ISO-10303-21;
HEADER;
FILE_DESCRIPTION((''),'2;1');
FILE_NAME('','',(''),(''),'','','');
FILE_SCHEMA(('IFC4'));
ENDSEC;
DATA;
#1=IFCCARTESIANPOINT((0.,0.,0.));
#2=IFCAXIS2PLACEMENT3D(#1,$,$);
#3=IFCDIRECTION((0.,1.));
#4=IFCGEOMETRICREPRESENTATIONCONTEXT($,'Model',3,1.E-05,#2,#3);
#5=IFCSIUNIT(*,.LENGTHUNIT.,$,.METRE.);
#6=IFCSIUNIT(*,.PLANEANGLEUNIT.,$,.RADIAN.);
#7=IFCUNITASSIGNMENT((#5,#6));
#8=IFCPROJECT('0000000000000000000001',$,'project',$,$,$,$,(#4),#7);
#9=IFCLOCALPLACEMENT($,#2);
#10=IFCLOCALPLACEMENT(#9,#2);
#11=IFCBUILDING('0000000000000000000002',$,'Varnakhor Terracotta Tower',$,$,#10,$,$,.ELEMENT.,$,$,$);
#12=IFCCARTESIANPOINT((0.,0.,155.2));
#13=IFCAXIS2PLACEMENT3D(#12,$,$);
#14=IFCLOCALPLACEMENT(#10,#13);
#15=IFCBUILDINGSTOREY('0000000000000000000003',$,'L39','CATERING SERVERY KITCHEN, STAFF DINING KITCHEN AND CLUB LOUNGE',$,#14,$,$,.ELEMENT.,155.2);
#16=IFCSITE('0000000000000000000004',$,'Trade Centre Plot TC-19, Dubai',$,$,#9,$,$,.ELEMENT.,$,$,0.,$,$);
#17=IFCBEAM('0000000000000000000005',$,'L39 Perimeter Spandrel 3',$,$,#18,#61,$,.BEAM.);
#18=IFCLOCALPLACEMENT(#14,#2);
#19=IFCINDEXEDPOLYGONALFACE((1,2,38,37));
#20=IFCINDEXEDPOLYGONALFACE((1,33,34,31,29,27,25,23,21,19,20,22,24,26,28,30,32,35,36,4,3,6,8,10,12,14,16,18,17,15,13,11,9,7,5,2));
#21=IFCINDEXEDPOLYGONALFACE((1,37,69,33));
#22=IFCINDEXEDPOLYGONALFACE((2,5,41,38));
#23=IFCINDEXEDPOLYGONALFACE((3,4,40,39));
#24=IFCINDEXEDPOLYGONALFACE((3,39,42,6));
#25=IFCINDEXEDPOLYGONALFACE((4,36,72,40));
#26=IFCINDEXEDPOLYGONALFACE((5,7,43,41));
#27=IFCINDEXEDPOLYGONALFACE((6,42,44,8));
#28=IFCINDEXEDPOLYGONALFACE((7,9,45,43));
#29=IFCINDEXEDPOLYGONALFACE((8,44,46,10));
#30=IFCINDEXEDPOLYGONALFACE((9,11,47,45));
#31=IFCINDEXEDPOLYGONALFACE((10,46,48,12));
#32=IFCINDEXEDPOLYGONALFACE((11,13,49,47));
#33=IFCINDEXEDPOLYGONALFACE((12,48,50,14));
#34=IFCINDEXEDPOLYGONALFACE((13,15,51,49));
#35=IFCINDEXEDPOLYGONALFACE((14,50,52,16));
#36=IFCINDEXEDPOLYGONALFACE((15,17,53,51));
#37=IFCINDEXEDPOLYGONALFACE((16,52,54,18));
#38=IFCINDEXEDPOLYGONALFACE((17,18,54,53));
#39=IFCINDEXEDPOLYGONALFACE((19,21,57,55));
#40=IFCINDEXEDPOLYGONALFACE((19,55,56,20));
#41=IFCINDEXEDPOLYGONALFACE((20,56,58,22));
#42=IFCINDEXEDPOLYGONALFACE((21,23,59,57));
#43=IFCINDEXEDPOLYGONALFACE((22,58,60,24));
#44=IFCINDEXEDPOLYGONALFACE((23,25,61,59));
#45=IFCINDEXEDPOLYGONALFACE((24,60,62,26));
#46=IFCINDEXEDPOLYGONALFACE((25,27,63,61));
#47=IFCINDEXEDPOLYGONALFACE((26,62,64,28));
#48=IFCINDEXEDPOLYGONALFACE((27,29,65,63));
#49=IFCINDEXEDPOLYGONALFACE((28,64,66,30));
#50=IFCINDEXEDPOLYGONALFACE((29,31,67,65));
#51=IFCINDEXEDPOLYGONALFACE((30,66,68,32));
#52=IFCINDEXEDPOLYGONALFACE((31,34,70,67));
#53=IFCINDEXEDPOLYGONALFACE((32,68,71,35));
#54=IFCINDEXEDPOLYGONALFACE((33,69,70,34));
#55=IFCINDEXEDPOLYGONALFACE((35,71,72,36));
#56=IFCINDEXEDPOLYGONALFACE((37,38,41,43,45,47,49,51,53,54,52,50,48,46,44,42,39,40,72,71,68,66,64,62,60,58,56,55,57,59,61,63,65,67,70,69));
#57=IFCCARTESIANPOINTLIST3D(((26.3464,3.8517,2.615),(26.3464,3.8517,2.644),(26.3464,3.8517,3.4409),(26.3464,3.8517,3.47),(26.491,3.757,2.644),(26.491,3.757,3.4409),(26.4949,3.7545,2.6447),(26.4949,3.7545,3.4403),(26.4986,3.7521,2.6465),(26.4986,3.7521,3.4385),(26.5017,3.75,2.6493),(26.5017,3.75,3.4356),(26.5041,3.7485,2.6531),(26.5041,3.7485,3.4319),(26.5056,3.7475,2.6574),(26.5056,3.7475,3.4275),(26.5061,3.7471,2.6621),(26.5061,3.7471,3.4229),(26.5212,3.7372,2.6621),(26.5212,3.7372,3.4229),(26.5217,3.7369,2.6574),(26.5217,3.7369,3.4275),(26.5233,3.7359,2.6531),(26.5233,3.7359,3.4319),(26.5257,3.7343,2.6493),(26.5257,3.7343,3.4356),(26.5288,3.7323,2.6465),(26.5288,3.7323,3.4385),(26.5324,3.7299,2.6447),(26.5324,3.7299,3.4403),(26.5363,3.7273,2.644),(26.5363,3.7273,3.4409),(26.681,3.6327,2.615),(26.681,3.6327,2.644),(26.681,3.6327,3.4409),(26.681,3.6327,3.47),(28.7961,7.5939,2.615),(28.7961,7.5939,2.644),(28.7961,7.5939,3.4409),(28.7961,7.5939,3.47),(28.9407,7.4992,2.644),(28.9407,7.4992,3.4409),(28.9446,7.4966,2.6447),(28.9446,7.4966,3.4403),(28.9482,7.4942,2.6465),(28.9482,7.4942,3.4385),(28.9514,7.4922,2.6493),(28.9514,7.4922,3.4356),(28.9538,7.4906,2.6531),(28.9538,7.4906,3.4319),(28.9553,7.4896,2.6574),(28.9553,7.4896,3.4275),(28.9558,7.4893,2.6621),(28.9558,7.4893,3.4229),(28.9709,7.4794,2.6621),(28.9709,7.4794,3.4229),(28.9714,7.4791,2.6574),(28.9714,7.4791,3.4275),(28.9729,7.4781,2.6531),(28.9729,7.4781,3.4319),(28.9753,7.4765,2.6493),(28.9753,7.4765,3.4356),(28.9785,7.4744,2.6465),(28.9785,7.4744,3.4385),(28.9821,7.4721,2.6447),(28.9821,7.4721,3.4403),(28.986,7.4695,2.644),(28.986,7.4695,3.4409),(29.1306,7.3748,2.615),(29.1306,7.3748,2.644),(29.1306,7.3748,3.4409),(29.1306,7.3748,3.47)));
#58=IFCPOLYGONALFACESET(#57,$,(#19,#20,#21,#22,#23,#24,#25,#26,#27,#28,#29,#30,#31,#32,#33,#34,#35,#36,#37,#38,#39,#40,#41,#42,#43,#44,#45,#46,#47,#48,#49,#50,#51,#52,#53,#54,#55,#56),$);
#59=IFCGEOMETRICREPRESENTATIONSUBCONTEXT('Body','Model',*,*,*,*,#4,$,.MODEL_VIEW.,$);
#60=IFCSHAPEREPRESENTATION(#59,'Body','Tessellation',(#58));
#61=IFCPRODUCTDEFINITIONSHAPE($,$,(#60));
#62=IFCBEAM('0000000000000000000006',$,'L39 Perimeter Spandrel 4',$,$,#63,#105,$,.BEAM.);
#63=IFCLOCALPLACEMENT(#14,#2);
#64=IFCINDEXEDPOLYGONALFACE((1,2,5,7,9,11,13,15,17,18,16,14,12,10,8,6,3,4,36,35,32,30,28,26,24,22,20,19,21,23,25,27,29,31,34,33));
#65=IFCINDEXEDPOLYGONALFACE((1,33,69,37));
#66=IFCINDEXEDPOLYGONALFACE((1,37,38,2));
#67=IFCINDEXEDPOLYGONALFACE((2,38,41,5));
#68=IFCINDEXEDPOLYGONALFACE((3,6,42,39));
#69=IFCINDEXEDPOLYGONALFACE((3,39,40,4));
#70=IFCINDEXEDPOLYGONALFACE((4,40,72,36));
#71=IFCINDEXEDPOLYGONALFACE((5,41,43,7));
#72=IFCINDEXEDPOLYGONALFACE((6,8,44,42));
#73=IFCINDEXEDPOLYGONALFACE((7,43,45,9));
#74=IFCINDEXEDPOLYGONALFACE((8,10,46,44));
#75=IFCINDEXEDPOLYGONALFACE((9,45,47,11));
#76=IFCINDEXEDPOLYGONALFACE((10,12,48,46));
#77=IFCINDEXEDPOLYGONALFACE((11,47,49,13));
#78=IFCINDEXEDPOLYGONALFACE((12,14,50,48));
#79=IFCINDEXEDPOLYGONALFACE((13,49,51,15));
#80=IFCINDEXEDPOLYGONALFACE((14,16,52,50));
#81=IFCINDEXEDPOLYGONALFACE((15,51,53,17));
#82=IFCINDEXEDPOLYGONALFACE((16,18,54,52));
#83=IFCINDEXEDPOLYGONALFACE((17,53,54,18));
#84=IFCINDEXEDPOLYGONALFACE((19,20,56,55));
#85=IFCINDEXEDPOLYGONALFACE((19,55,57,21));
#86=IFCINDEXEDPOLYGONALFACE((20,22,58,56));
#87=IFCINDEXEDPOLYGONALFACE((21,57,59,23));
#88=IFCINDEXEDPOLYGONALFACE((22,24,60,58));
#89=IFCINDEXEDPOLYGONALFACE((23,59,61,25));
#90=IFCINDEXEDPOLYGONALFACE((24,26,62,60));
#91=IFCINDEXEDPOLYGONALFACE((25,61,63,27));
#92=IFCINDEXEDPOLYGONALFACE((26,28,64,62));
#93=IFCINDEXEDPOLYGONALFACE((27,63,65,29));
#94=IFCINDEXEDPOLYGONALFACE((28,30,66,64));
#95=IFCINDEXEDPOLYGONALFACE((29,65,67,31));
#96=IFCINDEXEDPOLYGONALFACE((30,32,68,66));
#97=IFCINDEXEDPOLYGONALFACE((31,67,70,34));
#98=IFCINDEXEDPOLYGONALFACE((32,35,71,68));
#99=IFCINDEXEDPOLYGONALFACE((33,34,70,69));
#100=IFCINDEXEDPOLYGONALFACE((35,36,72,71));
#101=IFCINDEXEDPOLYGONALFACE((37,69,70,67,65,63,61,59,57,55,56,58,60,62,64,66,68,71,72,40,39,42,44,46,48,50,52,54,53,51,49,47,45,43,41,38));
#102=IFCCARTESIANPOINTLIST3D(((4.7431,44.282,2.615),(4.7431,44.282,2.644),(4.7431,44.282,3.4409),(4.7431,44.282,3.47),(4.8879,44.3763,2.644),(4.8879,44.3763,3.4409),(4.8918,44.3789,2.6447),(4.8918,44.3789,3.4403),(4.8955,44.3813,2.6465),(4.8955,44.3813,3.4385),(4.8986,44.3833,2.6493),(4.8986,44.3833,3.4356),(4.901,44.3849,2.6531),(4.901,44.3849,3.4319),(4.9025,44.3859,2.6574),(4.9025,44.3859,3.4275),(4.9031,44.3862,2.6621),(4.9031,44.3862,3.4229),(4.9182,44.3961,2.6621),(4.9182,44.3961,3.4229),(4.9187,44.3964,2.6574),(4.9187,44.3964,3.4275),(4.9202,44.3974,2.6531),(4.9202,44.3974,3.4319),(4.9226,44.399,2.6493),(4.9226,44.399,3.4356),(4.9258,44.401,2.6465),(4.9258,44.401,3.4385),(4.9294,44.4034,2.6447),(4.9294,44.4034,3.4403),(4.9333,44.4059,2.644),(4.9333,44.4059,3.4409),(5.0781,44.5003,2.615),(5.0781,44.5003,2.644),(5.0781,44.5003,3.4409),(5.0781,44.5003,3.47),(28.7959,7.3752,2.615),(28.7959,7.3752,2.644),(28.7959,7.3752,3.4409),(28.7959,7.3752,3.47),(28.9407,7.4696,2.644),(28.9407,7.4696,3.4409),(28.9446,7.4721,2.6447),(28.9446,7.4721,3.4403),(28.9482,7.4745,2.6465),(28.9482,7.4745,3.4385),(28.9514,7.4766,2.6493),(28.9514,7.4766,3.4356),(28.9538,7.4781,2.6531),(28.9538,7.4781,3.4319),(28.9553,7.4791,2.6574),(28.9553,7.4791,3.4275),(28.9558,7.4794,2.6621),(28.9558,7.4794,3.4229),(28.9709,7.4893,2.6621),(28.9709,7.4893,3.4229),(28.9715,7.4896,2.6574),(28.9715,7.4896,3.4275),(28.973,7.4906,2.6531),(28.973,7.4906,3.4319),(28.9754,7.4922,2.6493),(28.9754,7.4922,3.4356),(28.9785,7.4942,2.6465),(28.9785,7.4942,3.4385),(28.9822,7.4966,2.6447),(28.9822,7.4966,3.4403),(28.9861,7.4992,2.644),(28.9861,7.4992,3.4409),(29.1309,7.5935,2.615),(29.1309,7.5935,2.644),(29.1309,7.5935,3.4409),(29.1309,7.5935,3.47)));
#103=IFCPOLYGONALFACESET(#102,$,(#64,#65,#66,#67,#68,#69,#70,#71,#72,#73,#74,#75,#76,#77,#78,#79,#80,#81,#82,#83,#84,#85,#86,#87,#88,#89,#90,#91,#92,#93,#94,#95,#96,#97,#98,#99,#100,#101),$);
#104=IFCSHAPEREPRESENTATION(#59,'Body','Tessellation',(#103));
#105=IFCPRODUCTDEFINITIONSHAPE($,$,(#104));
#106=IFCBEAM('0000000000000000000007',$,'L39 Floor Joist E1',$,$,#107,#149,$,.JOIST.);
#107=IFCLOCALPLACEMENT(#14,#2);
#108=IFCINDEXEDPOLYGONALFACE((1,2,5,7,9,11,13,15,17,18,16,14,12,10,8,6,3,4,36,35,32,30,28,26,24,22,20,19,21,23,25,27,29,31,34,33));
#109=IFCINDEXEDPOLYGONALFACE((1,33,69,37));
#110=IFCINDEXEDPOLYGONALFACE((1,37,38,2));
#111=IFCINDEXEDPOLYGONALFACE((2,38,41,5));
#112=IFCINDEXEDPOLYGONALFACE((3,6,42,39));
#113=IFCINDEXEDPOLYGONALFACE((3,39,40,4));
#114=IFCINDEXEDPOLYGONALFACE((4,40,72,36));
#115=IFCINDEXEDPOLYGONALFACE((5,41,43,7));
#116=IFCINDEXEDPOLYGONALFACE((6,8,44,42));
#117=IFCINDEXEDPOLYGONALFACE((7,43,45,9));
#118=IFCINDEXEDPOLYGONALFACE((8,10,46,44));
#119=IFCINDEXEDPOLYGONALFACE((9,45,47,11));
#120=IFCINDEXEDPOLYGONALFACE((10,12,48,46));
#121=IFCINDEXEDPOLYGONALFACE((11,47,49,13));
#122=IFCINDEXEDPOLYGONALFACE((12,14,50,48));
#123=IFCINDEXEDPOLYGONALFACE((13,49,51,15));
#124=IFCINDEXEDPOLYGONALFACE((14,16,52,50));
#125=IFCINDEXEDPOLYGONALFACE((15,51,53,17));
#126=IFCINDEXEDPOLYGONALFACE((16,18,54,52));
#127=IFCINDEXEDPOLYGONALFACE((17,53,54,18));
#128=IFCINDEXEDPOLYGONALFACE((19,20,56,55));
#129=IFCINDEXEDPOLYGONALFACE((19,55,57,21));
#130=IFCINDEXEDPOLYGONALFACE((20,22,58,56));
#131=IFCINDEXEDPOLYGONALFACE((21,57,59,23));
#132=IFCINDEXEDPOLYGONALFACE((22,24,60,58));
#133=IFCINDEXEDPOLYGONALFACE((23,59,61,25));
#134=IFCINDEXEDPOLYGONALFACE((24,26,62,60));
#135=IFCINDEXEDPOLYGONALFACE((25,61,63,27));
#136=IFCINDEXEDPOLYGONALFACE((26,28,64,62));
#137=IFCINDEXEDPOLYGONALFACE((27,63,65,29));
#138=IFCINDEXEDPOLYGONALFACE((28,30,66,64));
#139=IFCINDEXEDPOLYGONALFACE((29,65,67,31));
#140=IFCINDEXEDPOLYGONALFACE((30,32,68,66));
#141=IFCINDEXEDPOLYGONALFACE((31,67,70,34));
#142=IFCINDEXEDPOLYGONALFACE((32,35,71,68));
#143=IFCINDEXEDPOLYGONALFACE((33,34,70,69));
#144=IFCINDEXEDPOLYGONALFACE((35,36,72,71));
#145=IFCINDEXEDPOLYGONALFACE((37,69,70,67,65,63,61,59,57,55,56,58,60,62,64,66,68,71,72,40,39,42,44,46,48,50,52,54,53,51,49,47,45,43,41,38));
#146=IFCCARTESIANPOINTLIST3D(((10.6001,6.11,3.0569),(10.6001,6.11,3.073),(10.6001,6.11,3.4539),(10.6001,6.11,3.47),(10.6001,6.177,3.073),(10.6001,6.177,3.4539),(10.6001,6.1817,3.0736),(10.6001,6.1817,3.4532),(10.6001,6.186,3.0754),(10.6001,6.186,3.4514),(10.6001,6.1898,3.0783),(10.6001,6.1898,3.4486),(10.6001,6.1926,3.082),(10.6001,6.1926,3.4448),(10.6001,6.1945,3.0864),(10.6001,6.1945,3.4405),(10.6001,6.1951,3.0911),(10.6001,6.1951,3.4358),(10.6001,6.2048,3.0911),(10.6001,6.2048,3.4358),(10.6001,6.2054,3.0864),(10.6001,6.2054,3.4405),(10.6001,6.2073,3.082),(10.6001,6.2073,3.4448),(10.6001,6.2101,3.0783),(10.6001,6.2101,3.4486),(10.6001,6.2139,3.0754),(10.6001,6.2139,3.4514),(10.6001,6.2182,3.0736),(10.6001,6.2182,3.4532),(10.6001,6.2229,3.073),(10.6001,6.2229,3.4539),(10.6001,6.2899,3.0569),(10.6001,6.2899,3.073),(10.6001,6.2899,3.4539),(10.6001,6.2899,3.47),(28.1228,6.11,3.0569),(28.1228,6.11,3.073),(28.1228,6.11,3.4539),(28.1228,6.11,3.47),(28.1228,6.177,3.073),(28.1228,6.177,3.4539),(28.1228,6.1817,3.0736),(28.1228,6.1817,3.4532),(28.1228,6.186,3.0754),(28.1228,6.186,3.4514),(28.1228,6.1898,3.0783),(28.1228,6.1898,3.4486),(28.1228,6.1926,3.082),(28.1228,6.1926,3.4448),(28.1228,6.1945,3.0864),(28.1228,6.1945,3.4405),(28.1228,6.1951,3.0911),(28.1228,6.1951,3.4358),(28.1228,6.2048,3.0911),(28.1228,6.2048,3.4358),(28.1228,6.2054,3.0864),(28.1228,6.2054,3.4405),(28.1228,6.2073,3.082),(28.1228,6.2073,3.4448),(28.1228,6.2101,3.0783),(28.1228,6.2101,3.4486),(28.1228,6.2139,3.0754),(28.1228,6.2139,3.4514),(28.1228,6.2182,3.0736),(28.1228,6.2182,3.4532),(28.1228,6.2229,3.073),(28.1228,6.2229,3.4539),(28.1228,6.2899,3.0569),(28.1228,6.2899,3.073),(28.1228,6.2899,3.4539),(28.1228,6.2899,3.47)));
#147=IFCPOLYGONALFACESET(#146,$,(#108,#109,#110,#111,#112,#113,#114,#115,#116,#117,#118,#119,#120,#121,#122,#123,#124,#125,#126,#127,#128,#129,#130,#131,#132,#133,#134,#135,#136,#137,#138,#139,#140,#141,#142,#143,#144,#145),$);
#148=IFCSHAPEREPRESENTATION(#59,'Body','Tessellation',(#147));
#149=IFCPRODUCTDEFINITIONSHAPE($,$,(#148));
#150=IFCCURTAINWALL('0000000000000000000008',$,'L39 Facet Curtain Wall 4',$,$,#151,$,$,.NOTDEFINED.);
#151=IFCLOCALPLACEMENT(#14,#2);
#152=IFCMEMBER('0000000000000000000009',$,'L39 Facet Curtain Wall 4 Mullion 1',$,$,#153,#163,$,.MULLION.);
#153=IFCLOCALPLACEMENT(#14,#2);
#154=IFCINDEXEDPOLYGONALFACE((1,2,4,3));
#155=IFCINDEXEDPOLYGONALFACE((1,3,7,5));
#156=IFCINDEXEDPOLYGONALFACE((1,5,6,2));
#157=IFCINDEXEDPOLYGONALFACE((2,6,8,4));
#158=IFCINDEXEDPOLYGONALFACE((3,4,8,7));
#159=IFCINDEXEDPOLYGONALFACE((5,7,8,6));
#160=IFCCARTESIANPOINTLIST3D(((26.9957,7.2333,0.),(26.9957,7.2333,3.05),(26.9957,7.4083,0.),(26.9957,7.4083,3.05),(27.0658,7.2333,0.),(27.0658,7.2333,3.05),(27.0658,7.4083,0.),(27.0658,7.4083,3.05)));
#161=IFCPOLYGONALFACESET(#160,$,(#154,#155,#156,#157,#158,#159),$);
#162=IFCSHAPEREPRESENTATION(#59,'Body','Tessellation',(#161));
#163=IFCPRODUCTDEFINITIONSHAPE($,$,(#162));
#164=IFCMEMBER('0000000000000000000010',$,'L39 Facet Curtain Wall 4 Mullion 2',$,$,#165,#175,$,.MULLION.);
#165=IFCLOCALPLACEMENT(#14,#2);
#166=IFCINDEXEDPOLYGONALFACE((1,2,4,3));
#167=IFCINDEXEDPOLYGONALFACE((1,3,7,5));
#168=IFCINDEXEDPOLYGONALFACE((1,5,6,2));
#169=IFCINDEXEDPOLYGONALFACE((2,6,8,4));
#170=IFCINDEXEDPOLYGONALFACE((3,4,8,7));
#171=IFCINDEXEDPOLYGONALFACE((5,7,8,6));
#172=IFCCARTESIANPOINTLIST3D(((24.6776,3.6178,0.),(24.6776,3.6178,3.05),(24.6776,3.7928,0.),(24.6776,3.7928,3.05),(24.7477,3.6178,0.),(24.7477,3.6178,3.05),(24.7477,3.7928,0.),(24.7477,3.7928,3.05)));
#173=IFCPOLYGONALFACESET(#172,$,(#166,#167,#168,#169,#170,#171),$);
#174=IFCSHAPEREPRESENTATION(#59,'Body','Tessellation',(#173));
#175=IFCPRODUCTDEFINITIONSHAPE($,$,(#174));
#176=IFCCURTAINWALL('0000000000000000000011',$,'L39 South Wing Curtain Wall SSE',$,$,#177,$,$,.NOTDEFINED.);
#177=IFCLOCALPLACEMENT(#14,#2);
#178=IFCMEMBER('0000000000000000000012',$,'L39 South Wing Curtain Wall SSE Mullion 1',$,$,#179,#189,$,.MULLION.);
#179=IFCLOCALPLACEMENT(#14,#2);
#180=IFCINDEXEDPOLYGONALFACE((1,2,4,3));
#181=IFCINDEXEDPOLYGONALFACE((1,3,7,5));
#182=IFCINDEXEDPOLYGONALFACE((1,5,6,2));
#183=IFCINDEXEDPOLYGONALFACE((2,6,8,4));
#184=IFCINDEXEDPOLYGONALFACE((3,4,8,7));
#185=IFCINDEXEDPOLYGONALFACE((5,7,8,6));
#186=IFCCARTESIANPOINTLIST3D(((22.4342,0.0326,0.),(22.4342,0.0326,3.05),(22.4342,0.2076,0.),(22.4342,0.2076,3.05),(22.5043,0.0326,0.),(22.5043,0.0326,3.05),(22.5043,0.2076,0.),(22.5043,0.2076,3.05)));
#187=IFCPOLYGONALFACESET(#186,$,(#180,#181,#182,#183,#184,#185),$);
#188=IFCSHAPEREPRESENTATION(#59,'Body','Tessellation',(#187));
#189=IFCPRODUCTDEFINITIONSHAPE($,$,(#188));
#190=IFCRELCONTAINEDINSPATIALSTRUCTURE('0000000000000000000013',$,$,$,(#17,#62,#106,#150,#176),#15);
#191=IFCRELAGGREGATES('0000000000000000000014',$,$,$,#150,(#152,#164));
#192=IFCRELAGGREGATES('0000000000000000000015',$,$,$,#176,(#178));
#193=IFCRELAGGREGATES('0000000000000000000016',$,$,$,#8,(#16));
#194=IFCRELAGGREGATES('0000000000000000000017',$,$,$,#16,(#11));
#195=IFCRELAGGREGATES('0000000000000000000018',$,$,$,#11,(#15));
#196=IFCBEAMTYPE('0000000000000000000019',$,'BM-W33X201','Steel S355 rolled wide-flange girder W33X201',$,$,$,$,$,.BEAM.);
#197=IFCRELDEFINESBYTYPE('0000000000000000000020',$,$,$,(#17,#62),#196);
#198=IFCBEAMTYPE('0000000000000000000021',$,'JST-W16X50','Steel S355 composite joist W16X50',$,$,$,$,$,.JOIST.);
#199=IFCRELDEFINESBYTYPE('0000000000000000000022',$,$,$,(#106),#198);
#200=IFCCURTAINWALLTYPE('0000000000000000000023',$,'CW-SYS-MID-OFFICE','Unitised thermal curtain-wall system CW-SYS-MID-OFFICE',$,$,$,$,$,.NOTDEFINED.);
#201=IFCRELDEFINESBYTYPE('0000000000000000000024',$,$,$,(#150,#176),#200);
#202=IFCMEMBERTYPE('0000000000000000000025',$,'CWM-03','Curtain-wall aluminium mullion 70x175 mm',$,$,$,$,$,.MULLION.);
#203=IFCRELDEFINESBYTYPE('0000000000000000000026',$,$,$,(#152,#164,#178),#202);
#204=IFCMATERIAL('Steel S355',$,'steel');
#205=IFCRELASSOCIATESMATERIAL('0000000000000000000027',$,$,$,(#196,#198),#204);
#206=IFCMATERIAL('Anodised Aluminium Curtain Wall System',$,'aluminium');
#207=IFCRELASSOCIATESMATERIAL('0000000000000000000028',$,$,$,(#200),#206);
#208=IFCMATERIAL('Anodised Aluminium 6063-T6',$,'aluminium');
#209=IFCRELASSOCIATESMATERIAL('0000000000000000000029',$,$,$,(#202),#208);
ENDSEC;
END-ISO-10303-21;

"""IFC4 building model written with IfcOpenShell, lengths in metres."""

from ifc_helpers import new_model, si_unit, direction, frame, origin, origin_2d, place, context, subcontext, project, spatial, rectangle, i_section, extrude, source, transform, mapped, material, material_profile, profile_set, type_object, element, aggregate, save


model = new_model("IFC4")

# Units and contexts
model_context = context("Model", 3, precision=1e-05, world=origin(), true_north=direction((0.0, 1.0)))
body_context = subcontext(model_context, "Body", "Model", "MODEL_VIEW")
ifc_project = project(units=[si_unit("LENGTHUNIT", "METRE"), si_unit("PLANEANGLEUNIT", "RADIAN")], contexts=[model_context])

# Site, building, storey
site_placement = place(None, origin())
site = spatial("IfcSite", under=ifc_project, at=site_placement, Name="Trade Centre Plot TC-19, Dubai", CompositionType="ELEMENT", RefElevation=0.0)
building_placement = place(site_placement, origin())
building = spatial("IfcBuilding", under=site, at=building_placement, Name="Varnakhor Terracotta Tower", CompositionType="ELEMENT")
storey_placement = place(building_placement, frame((0.0, 0.0, 155.2)))
storey = spatial("IfcBuildingStorey", under=building, at=storey_placement, Name="L39", Description="CATERING SERVERY KITCHEN, STAFF DINING KITCHEN AND CLUB LOUNGE", CompositionType="ELEMENT", Elevation=155.2)

# Beams
ifc_material_1 = material(Name="Steel S355", Category="steel")
ifc_material_profile_1 = material_profile(ifc_material_1, i_section(OverallWidth=0.3999, OverallDepth=0.855, WebThickness=0.0181, FlangeThickness=0.0291, FilletRadius=0.0181, at=origin_2d()), Name="W33X201")
ifc_profile_set_1 = profile_set([ifc_material_profile_1], Name="Steel S355")
beam_type_1 = type_object("IfcBeamType", Name="BM-W33X201", Description="Steel S355 rolled wide-flange girder W33X201", PredefinedType="BEAM", material=ifc_profile_set_1)
shared_shape_1 = source(origin(), body_context, "Body", "SweptSolid", [
    extrude(i_section(OverallWidth=0.3999, OverallDepth=0.855, WebThickness=0.0181, FlangeThickness=0.0291, FilletRadius=0.0181, at=origin_2d()), origin(), (0.0, 0.0, 1.0), 4.4727),
])
beam_1_placement = place(storey_placement, frame((26.5137, 3.7422, 3.0425), z_axis=(0.547702, 0.836673, 0.0), x_axis=(-0.836673, 0.547702, 0.0)))
element("IfcBeam", 1, at=beam_1_placement, inside=storey, type_object=beam_type_1, Name="L39 Perimeter Spandrel 3", PredefinedType="BEAM", context=body_context, shape_type="MappedRepresentation", body=[
    mapped(shared_shape_1, transform((0.0, 0.0, 0.0), scale=1.0)),
])
shared_shape_2 = source(origin(), body_context, "Body", "SweptSolid", [
    extrude(i_section(OverallWidth=0.3999, OverallDepth=0.855, WebThickness=0.0181, FlangeThickness=0.0291, FilletRadius=0.0181, at=origin_2d()), origin(), (0.0, 0.0, 1.0), 44.0527),
])
beam_2_placement = place(storey_placement, frame((28.9634, 7.4844, 3.0425), z_axis=(-0.545999, 0.837786, 0.0), x_axis=(-0.837786, -0.545999, 0.0)))
element("IfcBeam", 2, at=beam_2_placement, inside=storey, type_object=beam_type_1, Name="L39 Perimeter Spandrel 4", PredefinedType="BEAM", context=body_context, shape_type="MappedRepresentation", body=[
    mapped(shared_shape_2, transform((0.0, 0.0, 0.0), scale=1.0)),
])
ifc_material_profile_2 = material_profile(ifc_material_1, i_section(OverallWidth=0.1799, OverallDepth=0.4131, WebThickness=0.0098, FlangeThickness=0.0161, FilletRadius=0.0181, at=origin_2d()), Name="W16X50")
ifc_profile_set_2 = profile_set([ifc_material_profile_2], Name="Steel S355")
beam_type_2 = type_object("IfcBeamType", Name="JST-W16X50", Description="Steel S355 composite joist W16X50", PredefinedType="JOIST", material=ifc_profile_set_2)
shared_shape_3 = source(origin(), body_context, "Body", "SweptSolid", [
    extrude(i_section(OverallWidth=0.1799, OverallDepth=0.4131, WebThickness=0.0098, FlangeThickness=0.0161, FilletRadius=0.0181, at=origin_2d()), origin(), (0.0, 0.0, 1.0), 17.5227),
])
beam_3_placement = place(storey_placement, frame((10.6001, 6.2, 3.2634), z_axis=(1.0, 0.0, 0.0), x_axis=(0.0, 1.0, 0.0)))
element("IfcBeam", 3, at=beam_3_placement, inside=storey, type_object=beam_type_2, Name="L39 Floor Joist E1", PredefinedType="JOIST", context=body_context, shape_type="MappedRepresentation", body=[
    mapped(shared_shape_3, transform((0.0, 0.0, 0.0), scale=1.0)),
])

# Curtain walls, members
ifc_material_2 = material(Name="Anodised Aluminium Curtain Wall System", Category="aluminium")
curtain_wall_type = type_object("IfcCurtainWallType", Name="CW-SYS-MID-OFFICE", Description="Unitised thermal curtain-wall system CW-SYS-MID-OFFICE", PredefinedType="NOTDEFINED", material=ifc_material_2)
curtain_wall_1_placement = place(storey_placement, origin())
curtain_wall_1 = element("IfcCurtainWall", 4, at=curtain_wall_1_placement, inside=storey, type_object=curtain_wall_type, Name="L39 Facet Curtain Wall 4", PredefinedType="NOTDEFINED")
ifc_material_3 = material(Name="Anodised Aluminium 6063-T6", Category="aluminium")
ifc_material_profile_3 = material_profile(ifc_material_3, rectangle(XDim=0.0701, YDim=0.175, at=origin_2d()), Name="ALU MULLION 70x175")
ifc_profile_set_3 = profile_set([ifc_material_profile_3], Name="Anodised Aluminium 6063-T6")
member_type_1 = type_object("IfcMemberType", Name="CWM-03", Description="Curtain-wall aluminium mullion 70x175 mm", PredefinedType="MULLION", material=ifc_profile_set_3)
shared_shape_4 = source(origin(), body_context, "Body", "SweptSolid", [
    extrude(rectangle(XDim=0.0701, YDim=0.175, at=origin_2d()), origin(), (0.0, 0.0, 1.0), 3.05),
])
member_1_placement = place(storey_placement, frame((27.0308, 7.3208, 0.0), z_axis=(0.0, 0.0, 1.0), x_axis=(1.0, 0.0, 0.0)))
member_1 = element("IfcMember", 5, at=member_1_placement, type_object=member_type_1, Name="L39 Facet Curtain Wall 4 Mullion 1", PredefinedType="MULLION", context=body_context, shape_type="MappedRepresentation", body=[
    mapped(shared_shape_4, transform((0.0, 0.0, 0.0), scale=1.0)),
])
member_2_placement = place(storey_placement, frame((24.7126, 3.7053, 0.0), z_axis=(0.0, 0.0, 1.0), x_axis=(1.0, 0.0, 0.0)))
member_2 = element("IfcMember", 6, at=member_2_placement, type_object=member_type_1, Name="L39 Facet Curtain Wall 4 Mullion 2", PredefinedType="MULLION", context=body_context, shape_type="MappedRepresentation", body=[
    mapped(shared_shape_4, transform((0.0, 0.0, 0.0), scale=1.0)),
])
curtain_wall_2_placement = place(storey_placement, origin())
curtain_wall_2 = element("IfcCurtainWall", 7, at=curtain_wall_2_placement, inside=storey, type_object=curtain_wall_type, Name="L39 South Wing Curtain Wall SSE", PredefinedType="NOTDEFINED")
member_3_placement = place(storey_placement, frame((22.4692, 0.1201, 0.0), z_axis=(0.0, 0.0, 1.0), x_axis=(1.0, 0.0, 0.0)))
member_3 = element("IfcMember", 8, at=member_3_placement, type_object=member_type_1, Name="L39 South Wing Curtain Wall SSE Mullion 1", PredefinedType="MULLION", context=body_context, shape_type="MappedRepresentation", body=[
    mapped(shared_shape_4, transform((0.0, 0.0, 0.0), scale=1.0)),
])

aggregate(curtain_wall_1, [member_1, member_2])
aggregate(curtain_wall_2, [member_3])

save(model, "model.ifc")
